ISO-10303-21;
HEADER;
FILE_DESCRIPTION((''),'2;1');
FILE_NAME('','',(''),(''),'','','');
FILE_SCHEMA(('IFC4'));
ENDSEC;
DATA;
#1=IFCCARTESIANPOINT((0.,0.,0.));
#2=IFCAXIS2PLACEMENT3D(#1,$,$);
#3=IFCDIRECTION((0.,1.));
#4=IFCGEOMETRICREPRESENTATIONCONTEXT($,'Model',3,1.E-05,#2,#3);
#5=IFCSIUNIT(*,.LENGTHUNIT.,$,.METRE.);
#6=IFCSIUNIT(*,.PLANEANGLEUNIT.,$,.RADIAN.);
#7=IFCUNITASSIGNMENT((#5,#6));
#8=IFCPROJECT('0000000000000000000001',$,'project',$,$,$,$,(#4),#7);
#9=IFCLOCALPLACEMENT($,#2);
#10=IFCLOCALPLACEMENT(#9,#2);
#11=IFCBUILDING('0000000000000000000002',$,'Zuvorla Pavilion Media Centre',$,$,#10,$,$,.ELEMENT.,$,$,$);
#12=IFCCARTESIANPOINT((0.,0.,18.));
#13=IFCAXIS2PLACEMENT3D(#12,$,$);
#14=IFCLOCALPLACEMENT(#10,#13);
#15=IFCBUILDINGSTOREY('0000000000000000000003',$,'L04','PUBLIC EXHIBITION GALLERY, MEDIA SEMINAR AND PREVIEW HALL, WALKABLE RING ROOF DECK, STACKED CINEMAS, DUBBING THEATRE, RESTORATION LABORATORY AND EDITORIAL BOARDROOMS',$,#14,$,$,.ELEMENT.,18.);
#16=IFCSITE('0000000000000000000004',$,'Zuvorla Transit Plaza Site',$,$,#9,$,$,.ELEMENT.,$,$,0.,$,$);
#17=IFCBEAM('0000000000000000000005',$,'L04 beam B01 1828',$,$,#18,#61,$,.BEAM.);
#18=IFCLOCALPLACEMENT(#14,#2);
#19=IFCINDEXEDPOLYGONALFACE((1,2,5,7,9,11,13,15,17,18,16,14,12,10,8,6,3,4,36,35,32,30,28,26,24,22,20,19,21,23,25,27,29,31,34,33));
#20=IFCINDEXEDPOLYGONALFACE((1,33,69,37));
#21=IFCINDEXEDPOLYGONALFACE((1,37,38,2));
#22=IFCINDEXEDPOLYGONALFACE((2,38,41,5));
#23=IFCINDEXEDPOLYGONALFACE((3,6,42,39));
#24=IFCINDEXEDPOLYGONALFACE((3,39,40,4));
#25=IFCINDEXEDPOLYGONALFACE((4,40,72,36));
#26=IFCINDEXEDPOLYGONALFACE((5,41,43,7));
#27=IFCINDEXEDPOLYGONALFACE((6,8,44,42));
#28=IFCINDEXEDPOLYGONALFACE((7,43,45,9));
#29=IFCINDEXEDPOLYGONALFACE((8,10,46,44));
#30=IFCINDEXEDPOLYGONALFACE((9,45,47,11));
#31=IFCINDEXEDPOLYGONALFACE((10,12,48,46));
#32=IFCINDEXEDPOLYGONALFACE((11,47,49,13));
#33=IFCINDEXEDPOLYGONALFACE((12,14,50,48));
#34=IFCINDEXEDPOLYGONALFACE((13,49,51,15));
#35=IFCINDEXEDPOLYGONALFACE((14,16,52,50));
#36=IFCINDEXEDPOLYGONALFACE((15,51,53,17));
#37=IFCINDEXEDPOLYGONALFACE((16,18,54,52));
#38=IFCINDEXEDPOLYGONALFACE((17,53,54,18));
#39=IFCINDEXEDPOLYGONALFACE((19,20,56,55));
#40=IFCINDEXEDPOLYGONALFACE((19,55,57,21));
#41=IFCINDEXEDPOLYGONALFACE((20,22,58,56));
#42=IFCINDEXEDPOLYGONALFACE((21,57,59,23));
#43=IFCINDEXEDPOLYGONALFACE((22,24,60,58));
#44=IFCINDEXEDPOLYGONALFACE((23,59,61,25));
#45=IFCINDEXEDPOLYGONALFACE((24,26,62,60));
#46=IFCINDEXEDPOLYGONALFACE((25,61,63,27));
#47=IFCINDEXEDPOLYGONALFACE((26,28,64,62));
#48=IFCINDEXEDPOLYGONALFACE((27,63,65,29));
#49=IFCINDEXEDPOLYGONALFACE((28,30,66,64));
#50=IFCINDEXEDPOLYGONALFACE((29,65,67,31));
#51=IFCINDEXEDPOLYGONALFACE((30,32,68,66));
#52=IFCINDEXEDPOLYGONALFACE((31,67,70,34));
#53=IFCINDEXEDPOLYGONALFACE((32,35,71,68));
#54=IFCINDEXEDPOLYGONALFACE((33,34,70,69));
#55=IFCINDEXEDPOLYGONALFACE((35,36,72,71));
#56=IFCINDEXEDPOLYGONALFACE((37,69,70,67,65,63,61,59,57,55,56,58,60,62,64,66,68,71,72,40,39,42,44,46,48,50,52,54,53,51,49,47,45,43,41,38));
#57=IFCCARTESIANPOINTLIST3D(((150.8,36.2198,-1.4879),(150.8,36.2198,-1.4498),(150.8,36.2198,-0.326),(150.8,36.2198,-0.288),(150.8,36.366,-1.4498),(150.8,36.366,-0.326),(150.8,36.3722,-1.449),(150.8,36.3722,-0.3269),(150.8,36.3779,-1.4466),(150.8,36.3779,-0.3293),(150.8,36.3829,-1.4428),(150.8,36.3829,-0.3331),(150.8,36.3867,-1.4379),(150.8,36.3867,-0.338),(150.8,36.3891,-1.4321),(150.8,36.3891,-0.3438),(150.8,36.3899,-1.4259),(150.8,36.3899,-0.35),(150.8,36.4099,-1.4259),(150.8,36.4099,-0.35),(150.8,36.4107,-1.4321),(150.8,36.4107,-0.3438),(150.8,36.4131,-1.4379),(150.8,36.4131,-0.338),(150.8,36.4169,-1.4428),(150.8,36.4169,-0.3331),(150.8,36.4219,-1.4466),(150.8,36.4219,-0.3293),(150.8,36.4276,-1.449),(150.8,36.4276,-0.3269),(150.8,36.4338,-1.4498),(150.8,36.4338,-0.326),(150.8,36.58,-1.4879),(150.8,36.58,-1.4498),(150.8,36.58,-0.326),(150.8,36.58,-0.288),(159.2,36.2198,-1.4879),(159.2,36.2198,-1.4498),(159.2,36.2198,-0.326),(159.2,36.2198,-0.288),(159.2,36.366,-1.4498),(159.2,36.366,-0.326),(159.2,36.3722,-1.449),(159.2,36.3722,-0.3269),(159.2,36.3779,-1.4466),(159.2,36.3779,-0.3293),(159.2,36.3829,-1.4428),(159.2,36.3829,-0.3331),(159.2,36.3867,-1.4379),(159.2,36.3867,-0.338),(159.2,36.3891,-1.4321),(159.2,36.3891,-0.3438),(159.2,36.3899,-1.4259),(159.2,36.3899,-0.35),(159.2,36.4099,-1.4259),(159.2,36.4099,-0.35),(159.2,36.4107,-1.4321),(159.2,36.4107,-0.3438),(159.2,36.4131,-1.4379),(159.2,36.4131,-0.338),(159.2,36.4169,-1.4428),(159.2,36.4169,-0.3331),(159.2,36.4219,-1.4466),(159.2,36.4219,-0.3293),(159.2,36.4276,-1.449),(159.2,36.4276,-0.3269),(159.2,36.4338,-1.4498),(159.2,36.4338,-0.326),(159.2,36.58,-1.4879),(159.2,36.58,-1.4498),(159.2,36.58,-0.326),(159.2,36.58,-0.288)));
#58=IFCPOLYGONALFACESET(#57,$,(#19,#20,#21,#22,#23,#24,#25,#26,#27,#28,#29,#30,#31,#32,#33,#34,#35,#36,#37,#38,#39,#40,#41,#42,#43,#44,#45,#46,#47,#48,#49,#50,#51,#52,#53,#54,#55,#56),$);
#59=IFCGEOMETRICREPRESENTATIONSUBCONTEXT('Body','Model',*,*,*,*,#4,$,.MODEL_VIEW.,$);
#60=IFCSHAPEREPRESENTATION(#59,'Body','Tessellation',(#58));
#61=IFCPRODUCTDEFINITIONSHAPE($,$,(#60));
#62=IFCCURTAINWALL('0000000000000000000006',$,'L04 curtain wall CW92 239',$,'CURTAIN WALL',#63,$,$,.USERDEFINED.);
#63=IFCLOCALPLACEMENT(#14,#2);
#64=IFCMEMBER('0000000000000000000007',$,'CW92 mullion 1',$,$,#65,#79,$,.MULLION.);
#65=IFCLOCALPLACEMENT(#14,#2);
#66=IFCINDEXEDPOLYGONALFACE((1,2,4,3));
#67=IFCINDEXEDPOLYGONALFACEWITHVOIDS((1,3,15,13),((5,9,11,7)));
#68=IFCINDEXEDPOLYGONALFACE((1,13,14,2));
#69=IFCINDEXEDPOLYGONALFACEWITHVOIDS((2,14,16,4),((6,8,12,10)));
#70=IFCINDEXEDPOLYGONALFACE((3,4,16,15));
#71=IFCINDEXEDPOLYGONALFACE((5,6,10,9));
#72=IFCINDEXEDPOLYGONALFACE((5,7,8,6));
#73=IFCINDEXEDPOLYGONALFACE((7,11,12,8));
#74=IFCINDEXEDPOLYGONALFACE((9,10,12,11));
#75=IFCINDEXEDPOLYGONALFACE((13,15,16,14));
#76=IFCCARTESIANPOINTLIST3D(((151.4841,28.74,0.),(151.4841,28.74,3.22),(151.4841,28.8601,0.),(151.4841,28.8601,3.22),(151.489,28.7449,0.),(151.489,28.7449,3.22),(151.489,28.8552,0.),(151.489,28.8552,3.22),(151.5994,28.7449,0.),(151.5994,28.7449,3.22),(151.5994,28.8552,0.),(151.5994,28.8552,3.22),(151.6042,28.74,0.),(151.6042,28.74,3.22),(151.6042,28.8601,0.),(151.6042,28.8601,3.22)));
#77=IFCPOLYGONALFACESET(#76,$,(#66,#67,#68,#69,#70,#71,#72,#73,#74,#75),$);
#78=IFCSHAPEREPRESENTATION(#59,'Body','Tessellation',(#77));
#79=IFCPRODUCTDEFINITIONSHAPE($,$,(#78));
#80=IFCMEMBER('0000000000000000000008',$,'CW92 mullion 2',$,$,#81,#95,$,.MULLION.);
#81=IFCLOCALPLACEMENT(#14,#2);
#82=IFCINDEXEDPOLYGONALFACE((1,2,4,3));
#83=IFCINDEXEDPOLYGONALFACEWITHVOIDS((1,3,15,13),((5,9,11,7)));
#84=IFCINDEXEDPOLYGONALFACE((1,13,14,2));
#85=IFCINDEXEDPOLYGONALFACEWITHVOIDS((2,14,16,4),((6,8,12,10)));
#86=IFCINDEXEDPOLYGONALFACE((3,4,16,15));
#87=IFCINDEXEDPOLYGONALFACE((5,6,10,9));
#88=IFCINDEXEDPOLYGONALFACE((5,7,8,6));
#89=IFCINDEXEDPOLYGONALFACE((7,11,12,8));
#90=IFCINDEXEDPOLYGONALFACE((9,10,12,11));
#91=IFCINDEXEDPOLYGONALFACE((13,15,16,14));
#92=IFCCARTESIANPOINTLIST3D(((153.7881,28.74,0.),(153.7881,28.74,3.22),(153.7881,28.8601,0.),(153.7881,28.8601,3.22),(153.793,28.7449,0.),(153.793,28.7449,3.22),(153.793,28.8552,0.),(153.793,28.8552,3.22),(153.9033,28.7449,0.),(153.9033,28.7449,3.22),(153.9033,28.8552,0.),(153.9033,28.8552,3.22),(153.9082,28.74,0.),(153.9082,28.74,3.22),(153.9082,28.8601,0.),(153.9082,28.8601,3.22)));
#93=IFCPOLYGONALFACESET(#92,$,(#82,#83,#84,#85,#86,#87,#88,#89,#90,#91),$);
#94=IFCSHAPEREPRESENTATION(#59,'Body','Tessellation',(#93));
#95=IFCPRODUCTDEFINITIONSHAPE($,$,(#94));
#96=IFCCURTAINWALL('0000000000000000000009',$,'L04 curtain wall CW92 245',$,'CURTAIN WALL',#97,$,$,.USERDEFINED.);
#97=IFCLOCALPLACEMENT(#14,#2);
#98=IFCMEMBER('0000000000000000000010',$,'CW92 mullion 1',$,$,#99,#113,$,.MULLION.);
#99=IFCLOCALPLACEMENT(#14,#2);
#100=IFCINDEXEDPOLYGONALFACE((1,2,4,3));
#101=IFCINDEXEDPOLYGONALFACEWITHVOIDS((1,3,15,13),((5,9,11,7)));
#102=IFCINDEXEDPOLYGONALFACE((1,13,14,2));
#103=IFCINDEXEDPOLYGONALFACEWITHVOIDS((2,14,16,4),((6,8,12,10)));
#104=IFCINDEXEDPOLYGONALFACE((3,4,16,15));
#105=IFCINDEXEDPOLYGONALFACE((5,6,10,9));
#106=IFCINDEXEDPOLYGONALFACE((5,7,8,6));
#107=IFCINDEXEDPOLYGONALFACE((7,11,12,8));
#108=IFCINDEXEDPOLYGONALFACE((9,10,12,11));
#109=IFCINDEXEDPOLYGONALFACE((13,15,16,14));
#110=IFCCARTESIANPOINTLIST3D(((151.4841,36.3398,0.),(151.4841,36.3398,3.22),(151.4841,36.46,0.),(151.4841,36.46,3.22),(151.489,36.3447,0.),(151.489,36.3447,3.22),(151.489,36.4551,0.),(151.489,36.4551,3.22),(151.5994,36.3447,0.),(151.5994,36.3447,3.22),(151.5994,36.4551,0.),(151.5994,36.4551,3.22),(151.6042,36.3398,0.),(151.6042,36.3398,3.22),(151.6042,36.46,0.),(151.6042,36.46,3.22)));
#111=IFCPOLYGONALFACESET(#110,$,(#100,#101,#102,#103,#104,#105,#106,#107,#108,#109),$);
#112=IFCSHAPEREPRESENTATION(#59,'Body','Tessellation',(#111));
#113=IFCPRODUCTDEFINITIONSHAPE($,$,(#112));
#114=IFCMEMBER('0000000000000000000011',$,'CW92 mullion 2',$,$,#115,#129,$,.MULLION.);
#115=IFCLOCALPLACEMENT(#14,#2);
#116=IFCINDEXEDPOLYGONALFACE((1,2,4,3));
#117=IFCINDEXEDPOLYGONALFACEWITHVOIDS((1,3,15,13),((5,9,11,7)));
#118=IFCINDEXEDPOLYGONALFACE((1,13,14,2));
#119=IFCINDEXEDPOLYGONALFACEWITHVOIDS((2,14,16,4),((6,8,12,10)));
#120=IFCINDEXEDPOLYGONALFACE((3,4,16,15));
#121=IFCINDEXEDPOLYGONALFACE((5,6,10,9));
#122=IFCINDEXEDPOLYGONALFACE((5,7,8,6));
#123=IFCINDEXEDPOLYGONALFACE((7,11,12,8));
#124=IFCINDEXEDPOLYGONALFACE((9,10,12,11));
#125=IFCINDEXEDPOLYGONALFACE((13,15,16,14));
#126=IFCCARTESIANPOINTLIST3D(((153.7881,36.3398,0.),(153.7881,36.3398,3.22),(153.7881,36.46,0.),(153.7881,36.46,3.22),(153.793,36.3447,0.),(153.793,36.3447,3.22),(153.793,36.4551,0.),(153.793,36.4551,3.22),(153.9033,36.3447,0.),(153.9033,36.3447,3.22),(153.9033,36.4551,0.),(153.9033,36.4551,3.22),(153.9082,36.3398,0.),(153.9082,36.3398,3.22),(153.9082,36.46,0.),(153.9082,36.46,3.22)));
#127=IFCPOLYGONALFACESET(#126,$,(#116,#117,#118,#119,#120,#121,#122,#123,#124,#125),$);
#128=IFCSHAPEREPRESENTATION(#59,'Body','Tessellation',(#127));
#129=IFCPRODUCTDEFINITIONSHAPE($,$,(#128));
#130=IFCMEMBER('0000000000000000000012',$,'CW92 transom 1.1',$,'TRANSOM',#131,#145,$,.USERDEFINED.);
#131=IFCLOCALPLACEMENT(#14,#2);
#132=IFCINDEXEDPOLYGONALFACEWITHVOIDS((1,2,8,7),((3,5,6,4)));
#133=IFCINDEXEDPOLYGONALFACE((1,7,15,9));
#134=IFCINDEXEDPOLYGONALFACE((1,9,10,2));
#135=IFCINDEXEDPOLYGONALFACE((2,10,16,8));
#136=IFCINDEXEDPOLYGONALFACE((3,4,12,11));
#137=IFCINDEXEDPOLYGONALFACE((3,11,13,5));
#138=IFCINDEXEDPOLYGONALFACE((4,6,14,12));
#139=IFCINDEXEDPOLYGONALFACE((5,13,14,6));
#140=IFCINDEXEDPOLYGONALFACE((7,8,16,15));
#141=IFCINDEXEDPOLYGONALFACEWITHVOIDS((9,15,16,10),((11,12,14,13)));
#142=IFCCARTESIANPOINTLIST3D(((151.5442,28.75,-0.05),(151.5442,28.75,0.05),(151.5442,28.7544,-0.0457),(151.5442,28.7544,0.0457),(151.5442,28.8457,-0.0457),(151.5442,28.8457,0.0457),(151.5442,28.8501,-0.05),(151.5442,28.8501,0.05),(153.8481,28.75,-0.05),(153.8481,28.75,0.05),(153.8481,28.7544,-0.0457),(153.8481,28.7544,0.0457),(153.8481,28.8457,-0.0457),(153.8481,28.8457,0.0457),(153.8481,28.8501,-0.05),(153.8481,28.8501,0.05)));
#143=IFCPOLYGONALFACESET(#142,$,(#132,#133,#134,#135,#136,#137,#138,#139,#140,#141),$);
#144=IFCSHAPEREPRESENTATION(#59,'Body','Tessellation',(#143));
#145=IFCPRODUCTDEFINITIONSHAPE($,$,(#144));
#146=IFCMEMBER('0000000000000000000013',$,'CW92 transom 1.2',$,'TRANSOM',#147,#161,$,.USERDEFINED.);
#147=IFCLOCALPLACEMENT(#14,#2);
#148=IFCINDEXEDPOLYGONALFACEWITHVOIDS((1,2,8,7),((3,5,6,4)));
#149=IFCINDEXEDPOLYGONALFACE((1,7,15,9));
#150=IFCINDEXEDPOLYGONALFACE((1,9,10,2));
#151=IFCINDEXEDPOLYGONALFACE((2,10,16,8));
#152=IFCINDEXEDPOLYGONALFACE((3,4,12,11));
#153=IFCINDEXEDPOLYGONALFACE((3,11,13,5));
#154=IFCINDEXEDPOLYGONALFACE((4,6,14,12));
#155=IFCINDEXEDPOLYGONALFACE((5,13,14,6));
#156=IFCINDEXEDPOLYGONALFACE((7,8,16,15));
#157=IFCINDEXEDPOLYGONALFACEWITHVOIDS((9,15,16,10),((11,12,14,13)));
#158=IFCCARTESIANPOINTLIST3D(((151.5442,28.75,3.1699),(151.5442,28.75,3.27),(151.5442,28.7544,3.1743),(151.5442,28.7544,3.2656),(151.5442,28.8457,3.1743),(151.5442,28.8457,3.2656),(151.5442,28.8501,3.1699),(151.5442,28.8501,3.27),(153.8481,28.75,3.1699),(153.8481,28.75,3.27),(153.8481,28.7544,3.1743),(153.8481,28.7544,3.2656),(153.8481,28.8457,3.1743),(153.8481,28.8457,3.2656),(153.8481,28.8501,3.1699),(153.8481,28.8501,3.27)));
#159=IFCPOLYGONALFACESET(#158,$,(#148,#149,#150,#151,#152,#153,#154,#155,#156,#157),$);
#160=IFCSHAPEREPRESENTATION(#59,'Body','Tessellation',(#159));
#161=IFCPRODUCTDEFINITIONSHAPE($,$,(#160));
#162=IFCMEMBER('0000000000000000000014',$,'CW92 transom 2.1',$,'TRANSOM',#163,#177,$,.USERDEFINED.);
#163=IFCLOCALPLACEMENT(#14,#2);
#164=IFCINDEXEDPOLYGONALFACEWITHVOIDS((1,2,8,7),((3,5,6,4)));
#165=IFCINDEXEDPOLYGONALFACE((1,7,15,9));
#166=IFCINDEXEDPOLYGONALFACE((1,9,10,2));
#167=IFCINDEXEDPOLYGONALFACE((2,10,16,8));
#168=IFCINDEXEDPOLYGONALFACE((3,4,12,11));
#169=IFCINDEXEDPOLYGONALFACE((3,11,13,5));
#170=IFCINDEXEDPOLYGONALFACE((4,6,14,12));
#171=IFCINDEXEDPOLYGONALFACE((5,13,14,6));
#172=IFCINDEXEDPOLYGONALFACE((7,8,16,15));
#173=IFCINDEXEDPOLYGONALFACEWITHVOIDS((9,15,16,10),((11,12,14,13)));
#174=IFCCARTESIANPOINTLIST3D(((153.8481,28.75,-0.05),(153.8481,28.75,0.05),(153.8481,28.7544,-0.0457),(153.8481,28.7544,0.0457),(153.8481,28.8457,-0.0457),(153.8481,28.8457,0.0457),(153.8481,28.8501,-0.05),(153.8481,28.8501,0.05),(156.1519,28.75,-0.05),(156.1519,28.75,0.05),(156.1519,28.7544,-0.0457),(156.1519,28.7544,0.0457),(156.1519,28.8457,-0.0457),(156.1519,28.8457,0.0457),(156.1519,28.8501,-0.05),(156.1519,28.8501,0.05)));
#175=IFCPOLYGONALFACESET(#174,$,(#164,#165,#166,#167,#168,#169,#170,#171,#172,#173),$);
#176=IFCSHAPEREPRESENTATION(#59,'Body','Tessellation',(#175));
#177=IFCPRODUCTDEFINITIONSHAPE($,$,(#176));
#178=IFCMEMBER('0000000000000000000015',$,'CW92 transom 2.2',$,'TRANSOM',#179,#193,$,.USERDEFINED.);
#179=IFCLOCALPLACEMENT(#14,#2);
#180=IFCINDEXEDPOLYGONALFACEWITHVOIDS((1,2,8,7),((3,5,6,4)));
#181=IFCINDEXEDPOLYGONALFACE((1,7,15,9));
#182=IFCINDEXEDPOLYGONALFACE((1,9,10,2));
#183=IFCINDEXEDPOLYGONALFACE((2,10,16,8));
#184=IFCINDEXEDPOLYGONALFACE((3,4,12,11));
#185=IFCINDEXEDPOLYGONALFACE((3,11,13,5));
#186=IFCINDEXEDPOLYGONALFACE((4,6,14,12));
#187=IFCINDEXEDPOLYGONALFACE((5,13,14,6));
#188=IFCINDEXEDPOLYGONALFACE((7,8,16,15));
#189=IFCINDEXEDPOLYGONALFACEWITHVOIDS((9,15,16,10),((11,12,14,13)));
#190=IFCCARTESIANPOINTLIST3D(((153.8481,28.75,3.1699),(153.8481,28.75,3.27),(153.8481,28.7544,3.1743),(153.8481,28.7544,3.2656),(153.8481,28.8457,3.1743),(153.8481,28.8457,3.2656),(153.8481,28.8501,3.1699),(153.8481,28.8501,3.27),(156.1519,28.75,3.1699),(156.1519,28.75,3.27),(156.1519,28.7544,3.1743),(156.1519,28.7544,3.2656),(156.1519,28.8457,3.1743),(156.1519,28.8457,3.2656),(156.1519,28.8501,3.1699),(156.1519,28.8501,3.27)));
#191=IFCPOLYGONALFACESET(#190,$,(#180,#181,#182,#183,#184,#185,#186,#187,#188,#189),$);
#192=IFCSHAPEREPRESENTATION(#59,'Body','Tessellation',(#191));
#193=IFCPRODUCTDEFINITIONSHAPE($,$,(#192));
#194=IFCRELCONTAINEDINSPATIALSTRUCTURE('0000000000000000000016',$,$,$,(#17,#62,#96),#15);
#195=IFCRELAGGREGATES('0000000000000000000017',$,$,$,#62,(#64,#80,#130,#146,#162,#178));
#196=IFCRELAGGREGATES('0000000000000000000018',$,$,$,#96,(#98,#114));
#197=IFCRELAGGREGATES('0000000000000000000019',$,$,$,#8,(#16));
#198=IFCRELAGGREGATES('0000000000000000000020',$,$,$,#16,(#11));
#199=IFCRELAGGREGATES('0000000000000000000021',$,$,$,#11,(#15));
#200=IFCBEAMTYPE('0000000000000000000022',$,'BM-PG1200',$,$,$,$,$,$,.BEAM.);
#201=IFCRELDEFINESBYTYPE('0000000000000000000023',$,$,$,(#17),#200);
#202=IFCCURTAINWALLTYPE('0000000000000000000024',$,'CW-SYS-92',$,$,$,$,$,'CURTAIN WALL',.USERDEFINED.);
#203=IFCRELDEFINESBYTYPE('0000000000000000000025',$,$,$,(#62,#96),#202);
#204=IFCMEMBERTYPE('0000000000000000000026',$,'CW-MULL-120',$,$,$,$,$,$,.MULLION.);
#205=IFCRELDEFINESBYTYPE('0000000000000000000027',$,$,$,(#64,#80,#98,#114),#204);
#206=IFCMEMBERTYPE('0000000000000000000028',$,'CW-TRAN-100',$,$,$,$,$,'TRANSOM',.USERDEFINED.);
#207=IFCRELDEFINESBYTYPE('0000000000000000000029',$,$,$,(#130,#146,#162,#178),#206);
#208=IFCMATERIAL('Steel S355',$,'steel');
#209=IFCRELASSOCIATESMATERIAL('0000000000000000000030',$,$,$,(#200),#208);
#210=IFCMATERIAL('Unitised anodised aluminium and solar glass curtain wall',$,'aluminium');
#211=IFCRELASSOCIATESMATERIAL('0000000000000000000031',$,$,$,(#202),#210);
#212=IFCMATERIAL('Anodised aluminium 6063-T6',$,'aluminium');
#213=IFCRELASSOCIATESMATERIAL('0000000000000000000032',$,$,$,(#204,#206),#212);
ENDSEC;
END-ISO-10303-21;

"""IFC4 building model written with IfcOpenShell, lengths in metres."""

from ifc_helpers import new_model, si_unit, direction, frame, origin, origin_2d, place, context, subcontext, project, spatial, hollow_rectangle, i_section, extrude, material, material_profile, profile_set, type_object, element, aggregate, save


model = new_model("IFC4")

# Units and contexts
model_context = context("Model", 3, precision=1e-05, world=origin(), true_north=direction((0.0, 1.0)))
body_context = subcontext(model_context, "Body", "Model", "MODEL_VIEW")
ifc_project = project(units=[si_unit("LENGTHUNIT", "METRE"), si_unit("PLANEANGLEUNIT", "RADIAN")], contexts=[model_context])

# Site, building, storey
site_placement = place(None, origin())
site = spatial("IfcSite", under=ifc_project, at=site_placement, Name="Zuvorla Transit Plaza Site", CompositionType="ELEMENT", RefElevation=0.0)
building_placement = place(site_placement, origin())
building = spatial("IfcBuilding", under=site, at=building_placement, Name="Zuvorla Pavilion Media Centre", CompositionType="ELEMENT")
storey_placement = place(building_placement, frame((0.0, 0.0, 18.0)))
storey = spatial("IfcBuildingStorey", under=building, at=storey_placement, Name="L04", Description="PUBLIC EXHIBITION GALLERY, MEDIA SEMINAR AND PREVIEW HALL, WALKABLE RING ROOF DECK, STACKED CINEMAS, DUBBING THEATRE, RESTORATION LABORATORY AND EDITORIAL BOARDROOMS", CompositionType="ELEMENT", Elevation=18.0)

# Beam
ifc_material_1 = material(Name="Steel S355", Category="steel")
ifc_material_profile_1 = material_profile(ifc_material_1, i_section(OverallWidth=0.3601, OverallDepth=1.2, WebThickness=0.02, FlangeThickness=0.0381, FilletRadius=0.0239, at=origin_2d()), Name="PG 1200x360x38")
ifc_profile_set_1 = profile_set([ifc_material_profile_1], Name="Steel S355")
beam_type = type_object("IfcBeamType", Name="BM-PG1200", PredefinedType="BEAM", material=ifc_profile_set_1)
beam_placement = place(storey_placement, frame((150.8, 36.3999, -0.8879), z_axis=(1.0, 0.0, 0.0), x_axis=(0.0, 1.0, 0.0)))
element("IfcBeam", 1, at=beam_placement, inside=storey, type_object=beam_type, Name="L04 beam B01 1828", PredefinedType="BEAM", context=body_context, shape_type="SweptSolid", body=[
    extrude(i_section(OverallWidth=0.3601, OverallDepth=1.2, WebThickness=0.02, FlangeThickness=0.0381, FilletRadius=0.0239, at=origin_2d()), origin(), (0.0, 0.0, 1.0), 8.3999),
])

# Curtain walls, members
ifc_material_2 = material(Name="Unitised anodised aluminium and solar glass curtain wall", Category="aluminium")
curtain_wall_type = type_object("IfcCurtainWallType", Name="CW-SYS-92", ElementType="CURTAIN WALL", PredefinedType="USERDEFINED", material=ifc_material_2)
curtain_wall_1_placement = place(storey_placement, origin())
curtain_wall_1 = element("IfcCurtainWall", 2, at=curtain_wall_1_placement, inside=storey, type_object=curtain_wall_type, Name="L04 curtain wall CW92 239", ObjectType="CURTAIN WALL", PredefinedType="USERDEFINED")
ifc_material_3 = material(Name="Anodised aluminium 6063-T6", Category="aluminium")
ifc_material_profile_2 = material_profile(ifc_material_3, hollow_rectangle(XDim=0.1201, YDim=0.1201, WallThickness=0.0049, at=origin_2d()), Name="ALU MULL 120x120")
ifc_profile_set_2 = profile_set([ifc_material_profile_2], Name="Anodised aluminium 6063-T6")
member_type_1 = type_object("IfcMemberType", Name="CW-MULL-120", PredefinedType="MULLION", material=ifc_profile_set_2)
member_1_placement = place(storey_placement, frame((151.5442, 28.8, 0.0), z_axis=(0.0, 0.0, 1.0), x_axis=(1.0, 0.0, 0.0)))
member_1 = element("IfcMember", 3, at=member_1_placement, type_object=member_type_1, Name="CW92 mullion 1", PredefinedType="MULLION", context=body_context, shape_type="SweptSolid", body=[
    extrude(hollow_rectangle(XDim=0.1201, YDim=0.1201, WallThickness=0.0049, at=origin_2d()), origin(), (0.0, 0.0, 1.0), 3.22),
])
member_2_placement = place(storey_placement, frame((153.8481, 28.8, 0.0), z_axis=(0.0, 0.0, 1.0), x_axis=(1.0, 0.0, 0.0)))
member_2 = element("IfcMember", 4, at=member_2_placement, type_object=member_type_1, Name="CW92 mullion 2", PredefinedType="MULLION", context=body_context, shape_type="SweptSolid", body=[
    extrude(hollow_rectangle(XDim=0.1201, YDim=0.1201, WallThickness=0.0049, at=origin_2d()), origin(), (0.0, 0.0, 1.0), 3.22),
])
curtain_wall_2_placement = place(storey_placement, origin())
curtain_wall_2 = element("IfcCurtainWall", 5, at=curtain_wall_2_placement, inside=storey, type_object=curtain_wall_type, Name="L04 curtain wall CW92 245", ObjectType="CURTAIN WALL", PredefinedType="USERDEFINED")
member_3_placement = place(storey_placement, frame((151.5442, 36.3999, 0.0), z_axis=(0.0, 0.0, 1.0), x_axis=(1.0, 0.0, 0.0)))
member_3 = element("IfcMember", 6, at=member_3_placement, type_object=member_type_1, Name="CW92 mullion 1", PredefinedType="MULLION", context=body_context, shape_type="SweptSolid", body=[
    extrude(hollow_rectangle(XDim=0.1201, YDim=0.1201, WallThickness=0.0049, at=origin_2d()), origin(), (0.0, 0.0, 1.0), 3.22),
])
member_4_placement = place(storey_placement, frame((153.8481, 36.3999, 0.0), z_axis=(0.0, 0.0, 1.0), x_axis=(1.0, 0.0, 0.0)))
member_4 = element("IfcMember", 7, at=member_4_placement, type_object=member_type_1, Name="CW92 mullion 2", PredefinedType="MULLION", context=body_context, shape_type="SweptSolid", body=[
    extrude(hollow_rectangle(XDim=0.1201, YDim=0.1201, WallThickness=0.0049, at=origin_2d()), origin(), (0.0, 0.0, 1.0), 3.22),
])

# Members
ifc_material_profile_3 = material_profile(ifc_material_3, hollow_rectangle(XDim=0.1001, YDim=0.1001, WallThickness=0.0044, at=origin_2d()), Name="ALU TRAN 100x100")
ifc_profile_set_3 = profile_set([ifc_material_profile_3], Name="Anodised aluminium 6063-T6")
member_type_2 = type_object("IfcMemberType", Name="CW-TRAN-100", ElementType="TRANSOM", PredefinedType="USERDEFINED", material=ifc_profile_set_3)
member_5_placement = place(storey_placement, frame((151.5442, 28.8, 0.0), z_axis=(1.0, 0.0, 0.0), x_axis=(0.0, 1.0, 0.0)))
member_5 = element("IfcMember", 8, at=member_5_placement, type_object=member_type_2, Name="CW92 transom 1.1", ObjectType="TRANSOM", PredefinedType="USERDEFINED", context=body_context, shape_type="SweptSolid", body=[
    extrude(hollow_rectangle(XDim=0.1001, YDim=0.1001, WallThickness=0.0044, at=origin_2d()), origin(), (0.0, 0.0, 1.0), 2.304),
])
member_6_placement = place(storey_placement, frame((151.5442, 28.8, 3.22), z_axis=(1.0, 0.0, 0.0), x_axis=(0.0, 1.0, 0.0)))
member_6 = element("IfcMember", 9, at=member_6_placement, type_object=member_type_2, Name="CW92 transom 1.2", ObjectType="TRANSOM", PredefinedType="USERDEFINED", context=body_context, shape_type="SweptSolid", body=[
    extrude(hollow_rectangle(XDim=0.1001, YDim=0.1001, WallThickness=0.0044, at=origin_2d()), origin(), (0.0, 0.0, 1.0), 2.304),
])
member_7_placement = place(storey_placement, frame((153.8481, 28.8, 0.0), z_axis=(1.0, 0.0, 0.0), x_axis=(0.0, 1.0, 0.0)))
member_7 = element("IfcMember", 10, at=member_7_placement, type_object=member_type_2, Name="CW92 transom 2.1", ObjectType="TRANSOM", PredefinedType="USERDEFINED", context=body_context, shape_type="SweptSolid", body=[
    extrude(hollow_rectangle(XDim=0.1001, YDim=0.1001, WallThickness=0.0044, at=origin_2d()), origin(), (0.0, 0.0, 1.0), 2.3037),
])
member_8_placement = place(storey_placement, frame((153.8481, 28.8, 3.22), z_axis=(1.0, 0.0, 0.0), x_axis=(0.0, 1.0, 0.0)))
member_8 = element("IfcMember", 11, at=member_8_placement, type_object=member_type_2, Name="CW92 transom 2.2", ObjectType="TRANSOM", PredefinedType="USERDEFINED", context=body_context, shape_type="SweptSolid", body=[
    extrude(hollow_rectangle(XDim=0.1001, YDim=0.1001, WallThickness=0.0044, at=origin_2d()), origin(), (0.0, 0.0, 1.0), 2.3037),
])

aggregate(curtain_wall_1, [member_1, member_2, member_5, member_6, member_7, member_8])
aggregate(curtain_wall_2, [member_3, member_4])

save(model, "model.ifc")
